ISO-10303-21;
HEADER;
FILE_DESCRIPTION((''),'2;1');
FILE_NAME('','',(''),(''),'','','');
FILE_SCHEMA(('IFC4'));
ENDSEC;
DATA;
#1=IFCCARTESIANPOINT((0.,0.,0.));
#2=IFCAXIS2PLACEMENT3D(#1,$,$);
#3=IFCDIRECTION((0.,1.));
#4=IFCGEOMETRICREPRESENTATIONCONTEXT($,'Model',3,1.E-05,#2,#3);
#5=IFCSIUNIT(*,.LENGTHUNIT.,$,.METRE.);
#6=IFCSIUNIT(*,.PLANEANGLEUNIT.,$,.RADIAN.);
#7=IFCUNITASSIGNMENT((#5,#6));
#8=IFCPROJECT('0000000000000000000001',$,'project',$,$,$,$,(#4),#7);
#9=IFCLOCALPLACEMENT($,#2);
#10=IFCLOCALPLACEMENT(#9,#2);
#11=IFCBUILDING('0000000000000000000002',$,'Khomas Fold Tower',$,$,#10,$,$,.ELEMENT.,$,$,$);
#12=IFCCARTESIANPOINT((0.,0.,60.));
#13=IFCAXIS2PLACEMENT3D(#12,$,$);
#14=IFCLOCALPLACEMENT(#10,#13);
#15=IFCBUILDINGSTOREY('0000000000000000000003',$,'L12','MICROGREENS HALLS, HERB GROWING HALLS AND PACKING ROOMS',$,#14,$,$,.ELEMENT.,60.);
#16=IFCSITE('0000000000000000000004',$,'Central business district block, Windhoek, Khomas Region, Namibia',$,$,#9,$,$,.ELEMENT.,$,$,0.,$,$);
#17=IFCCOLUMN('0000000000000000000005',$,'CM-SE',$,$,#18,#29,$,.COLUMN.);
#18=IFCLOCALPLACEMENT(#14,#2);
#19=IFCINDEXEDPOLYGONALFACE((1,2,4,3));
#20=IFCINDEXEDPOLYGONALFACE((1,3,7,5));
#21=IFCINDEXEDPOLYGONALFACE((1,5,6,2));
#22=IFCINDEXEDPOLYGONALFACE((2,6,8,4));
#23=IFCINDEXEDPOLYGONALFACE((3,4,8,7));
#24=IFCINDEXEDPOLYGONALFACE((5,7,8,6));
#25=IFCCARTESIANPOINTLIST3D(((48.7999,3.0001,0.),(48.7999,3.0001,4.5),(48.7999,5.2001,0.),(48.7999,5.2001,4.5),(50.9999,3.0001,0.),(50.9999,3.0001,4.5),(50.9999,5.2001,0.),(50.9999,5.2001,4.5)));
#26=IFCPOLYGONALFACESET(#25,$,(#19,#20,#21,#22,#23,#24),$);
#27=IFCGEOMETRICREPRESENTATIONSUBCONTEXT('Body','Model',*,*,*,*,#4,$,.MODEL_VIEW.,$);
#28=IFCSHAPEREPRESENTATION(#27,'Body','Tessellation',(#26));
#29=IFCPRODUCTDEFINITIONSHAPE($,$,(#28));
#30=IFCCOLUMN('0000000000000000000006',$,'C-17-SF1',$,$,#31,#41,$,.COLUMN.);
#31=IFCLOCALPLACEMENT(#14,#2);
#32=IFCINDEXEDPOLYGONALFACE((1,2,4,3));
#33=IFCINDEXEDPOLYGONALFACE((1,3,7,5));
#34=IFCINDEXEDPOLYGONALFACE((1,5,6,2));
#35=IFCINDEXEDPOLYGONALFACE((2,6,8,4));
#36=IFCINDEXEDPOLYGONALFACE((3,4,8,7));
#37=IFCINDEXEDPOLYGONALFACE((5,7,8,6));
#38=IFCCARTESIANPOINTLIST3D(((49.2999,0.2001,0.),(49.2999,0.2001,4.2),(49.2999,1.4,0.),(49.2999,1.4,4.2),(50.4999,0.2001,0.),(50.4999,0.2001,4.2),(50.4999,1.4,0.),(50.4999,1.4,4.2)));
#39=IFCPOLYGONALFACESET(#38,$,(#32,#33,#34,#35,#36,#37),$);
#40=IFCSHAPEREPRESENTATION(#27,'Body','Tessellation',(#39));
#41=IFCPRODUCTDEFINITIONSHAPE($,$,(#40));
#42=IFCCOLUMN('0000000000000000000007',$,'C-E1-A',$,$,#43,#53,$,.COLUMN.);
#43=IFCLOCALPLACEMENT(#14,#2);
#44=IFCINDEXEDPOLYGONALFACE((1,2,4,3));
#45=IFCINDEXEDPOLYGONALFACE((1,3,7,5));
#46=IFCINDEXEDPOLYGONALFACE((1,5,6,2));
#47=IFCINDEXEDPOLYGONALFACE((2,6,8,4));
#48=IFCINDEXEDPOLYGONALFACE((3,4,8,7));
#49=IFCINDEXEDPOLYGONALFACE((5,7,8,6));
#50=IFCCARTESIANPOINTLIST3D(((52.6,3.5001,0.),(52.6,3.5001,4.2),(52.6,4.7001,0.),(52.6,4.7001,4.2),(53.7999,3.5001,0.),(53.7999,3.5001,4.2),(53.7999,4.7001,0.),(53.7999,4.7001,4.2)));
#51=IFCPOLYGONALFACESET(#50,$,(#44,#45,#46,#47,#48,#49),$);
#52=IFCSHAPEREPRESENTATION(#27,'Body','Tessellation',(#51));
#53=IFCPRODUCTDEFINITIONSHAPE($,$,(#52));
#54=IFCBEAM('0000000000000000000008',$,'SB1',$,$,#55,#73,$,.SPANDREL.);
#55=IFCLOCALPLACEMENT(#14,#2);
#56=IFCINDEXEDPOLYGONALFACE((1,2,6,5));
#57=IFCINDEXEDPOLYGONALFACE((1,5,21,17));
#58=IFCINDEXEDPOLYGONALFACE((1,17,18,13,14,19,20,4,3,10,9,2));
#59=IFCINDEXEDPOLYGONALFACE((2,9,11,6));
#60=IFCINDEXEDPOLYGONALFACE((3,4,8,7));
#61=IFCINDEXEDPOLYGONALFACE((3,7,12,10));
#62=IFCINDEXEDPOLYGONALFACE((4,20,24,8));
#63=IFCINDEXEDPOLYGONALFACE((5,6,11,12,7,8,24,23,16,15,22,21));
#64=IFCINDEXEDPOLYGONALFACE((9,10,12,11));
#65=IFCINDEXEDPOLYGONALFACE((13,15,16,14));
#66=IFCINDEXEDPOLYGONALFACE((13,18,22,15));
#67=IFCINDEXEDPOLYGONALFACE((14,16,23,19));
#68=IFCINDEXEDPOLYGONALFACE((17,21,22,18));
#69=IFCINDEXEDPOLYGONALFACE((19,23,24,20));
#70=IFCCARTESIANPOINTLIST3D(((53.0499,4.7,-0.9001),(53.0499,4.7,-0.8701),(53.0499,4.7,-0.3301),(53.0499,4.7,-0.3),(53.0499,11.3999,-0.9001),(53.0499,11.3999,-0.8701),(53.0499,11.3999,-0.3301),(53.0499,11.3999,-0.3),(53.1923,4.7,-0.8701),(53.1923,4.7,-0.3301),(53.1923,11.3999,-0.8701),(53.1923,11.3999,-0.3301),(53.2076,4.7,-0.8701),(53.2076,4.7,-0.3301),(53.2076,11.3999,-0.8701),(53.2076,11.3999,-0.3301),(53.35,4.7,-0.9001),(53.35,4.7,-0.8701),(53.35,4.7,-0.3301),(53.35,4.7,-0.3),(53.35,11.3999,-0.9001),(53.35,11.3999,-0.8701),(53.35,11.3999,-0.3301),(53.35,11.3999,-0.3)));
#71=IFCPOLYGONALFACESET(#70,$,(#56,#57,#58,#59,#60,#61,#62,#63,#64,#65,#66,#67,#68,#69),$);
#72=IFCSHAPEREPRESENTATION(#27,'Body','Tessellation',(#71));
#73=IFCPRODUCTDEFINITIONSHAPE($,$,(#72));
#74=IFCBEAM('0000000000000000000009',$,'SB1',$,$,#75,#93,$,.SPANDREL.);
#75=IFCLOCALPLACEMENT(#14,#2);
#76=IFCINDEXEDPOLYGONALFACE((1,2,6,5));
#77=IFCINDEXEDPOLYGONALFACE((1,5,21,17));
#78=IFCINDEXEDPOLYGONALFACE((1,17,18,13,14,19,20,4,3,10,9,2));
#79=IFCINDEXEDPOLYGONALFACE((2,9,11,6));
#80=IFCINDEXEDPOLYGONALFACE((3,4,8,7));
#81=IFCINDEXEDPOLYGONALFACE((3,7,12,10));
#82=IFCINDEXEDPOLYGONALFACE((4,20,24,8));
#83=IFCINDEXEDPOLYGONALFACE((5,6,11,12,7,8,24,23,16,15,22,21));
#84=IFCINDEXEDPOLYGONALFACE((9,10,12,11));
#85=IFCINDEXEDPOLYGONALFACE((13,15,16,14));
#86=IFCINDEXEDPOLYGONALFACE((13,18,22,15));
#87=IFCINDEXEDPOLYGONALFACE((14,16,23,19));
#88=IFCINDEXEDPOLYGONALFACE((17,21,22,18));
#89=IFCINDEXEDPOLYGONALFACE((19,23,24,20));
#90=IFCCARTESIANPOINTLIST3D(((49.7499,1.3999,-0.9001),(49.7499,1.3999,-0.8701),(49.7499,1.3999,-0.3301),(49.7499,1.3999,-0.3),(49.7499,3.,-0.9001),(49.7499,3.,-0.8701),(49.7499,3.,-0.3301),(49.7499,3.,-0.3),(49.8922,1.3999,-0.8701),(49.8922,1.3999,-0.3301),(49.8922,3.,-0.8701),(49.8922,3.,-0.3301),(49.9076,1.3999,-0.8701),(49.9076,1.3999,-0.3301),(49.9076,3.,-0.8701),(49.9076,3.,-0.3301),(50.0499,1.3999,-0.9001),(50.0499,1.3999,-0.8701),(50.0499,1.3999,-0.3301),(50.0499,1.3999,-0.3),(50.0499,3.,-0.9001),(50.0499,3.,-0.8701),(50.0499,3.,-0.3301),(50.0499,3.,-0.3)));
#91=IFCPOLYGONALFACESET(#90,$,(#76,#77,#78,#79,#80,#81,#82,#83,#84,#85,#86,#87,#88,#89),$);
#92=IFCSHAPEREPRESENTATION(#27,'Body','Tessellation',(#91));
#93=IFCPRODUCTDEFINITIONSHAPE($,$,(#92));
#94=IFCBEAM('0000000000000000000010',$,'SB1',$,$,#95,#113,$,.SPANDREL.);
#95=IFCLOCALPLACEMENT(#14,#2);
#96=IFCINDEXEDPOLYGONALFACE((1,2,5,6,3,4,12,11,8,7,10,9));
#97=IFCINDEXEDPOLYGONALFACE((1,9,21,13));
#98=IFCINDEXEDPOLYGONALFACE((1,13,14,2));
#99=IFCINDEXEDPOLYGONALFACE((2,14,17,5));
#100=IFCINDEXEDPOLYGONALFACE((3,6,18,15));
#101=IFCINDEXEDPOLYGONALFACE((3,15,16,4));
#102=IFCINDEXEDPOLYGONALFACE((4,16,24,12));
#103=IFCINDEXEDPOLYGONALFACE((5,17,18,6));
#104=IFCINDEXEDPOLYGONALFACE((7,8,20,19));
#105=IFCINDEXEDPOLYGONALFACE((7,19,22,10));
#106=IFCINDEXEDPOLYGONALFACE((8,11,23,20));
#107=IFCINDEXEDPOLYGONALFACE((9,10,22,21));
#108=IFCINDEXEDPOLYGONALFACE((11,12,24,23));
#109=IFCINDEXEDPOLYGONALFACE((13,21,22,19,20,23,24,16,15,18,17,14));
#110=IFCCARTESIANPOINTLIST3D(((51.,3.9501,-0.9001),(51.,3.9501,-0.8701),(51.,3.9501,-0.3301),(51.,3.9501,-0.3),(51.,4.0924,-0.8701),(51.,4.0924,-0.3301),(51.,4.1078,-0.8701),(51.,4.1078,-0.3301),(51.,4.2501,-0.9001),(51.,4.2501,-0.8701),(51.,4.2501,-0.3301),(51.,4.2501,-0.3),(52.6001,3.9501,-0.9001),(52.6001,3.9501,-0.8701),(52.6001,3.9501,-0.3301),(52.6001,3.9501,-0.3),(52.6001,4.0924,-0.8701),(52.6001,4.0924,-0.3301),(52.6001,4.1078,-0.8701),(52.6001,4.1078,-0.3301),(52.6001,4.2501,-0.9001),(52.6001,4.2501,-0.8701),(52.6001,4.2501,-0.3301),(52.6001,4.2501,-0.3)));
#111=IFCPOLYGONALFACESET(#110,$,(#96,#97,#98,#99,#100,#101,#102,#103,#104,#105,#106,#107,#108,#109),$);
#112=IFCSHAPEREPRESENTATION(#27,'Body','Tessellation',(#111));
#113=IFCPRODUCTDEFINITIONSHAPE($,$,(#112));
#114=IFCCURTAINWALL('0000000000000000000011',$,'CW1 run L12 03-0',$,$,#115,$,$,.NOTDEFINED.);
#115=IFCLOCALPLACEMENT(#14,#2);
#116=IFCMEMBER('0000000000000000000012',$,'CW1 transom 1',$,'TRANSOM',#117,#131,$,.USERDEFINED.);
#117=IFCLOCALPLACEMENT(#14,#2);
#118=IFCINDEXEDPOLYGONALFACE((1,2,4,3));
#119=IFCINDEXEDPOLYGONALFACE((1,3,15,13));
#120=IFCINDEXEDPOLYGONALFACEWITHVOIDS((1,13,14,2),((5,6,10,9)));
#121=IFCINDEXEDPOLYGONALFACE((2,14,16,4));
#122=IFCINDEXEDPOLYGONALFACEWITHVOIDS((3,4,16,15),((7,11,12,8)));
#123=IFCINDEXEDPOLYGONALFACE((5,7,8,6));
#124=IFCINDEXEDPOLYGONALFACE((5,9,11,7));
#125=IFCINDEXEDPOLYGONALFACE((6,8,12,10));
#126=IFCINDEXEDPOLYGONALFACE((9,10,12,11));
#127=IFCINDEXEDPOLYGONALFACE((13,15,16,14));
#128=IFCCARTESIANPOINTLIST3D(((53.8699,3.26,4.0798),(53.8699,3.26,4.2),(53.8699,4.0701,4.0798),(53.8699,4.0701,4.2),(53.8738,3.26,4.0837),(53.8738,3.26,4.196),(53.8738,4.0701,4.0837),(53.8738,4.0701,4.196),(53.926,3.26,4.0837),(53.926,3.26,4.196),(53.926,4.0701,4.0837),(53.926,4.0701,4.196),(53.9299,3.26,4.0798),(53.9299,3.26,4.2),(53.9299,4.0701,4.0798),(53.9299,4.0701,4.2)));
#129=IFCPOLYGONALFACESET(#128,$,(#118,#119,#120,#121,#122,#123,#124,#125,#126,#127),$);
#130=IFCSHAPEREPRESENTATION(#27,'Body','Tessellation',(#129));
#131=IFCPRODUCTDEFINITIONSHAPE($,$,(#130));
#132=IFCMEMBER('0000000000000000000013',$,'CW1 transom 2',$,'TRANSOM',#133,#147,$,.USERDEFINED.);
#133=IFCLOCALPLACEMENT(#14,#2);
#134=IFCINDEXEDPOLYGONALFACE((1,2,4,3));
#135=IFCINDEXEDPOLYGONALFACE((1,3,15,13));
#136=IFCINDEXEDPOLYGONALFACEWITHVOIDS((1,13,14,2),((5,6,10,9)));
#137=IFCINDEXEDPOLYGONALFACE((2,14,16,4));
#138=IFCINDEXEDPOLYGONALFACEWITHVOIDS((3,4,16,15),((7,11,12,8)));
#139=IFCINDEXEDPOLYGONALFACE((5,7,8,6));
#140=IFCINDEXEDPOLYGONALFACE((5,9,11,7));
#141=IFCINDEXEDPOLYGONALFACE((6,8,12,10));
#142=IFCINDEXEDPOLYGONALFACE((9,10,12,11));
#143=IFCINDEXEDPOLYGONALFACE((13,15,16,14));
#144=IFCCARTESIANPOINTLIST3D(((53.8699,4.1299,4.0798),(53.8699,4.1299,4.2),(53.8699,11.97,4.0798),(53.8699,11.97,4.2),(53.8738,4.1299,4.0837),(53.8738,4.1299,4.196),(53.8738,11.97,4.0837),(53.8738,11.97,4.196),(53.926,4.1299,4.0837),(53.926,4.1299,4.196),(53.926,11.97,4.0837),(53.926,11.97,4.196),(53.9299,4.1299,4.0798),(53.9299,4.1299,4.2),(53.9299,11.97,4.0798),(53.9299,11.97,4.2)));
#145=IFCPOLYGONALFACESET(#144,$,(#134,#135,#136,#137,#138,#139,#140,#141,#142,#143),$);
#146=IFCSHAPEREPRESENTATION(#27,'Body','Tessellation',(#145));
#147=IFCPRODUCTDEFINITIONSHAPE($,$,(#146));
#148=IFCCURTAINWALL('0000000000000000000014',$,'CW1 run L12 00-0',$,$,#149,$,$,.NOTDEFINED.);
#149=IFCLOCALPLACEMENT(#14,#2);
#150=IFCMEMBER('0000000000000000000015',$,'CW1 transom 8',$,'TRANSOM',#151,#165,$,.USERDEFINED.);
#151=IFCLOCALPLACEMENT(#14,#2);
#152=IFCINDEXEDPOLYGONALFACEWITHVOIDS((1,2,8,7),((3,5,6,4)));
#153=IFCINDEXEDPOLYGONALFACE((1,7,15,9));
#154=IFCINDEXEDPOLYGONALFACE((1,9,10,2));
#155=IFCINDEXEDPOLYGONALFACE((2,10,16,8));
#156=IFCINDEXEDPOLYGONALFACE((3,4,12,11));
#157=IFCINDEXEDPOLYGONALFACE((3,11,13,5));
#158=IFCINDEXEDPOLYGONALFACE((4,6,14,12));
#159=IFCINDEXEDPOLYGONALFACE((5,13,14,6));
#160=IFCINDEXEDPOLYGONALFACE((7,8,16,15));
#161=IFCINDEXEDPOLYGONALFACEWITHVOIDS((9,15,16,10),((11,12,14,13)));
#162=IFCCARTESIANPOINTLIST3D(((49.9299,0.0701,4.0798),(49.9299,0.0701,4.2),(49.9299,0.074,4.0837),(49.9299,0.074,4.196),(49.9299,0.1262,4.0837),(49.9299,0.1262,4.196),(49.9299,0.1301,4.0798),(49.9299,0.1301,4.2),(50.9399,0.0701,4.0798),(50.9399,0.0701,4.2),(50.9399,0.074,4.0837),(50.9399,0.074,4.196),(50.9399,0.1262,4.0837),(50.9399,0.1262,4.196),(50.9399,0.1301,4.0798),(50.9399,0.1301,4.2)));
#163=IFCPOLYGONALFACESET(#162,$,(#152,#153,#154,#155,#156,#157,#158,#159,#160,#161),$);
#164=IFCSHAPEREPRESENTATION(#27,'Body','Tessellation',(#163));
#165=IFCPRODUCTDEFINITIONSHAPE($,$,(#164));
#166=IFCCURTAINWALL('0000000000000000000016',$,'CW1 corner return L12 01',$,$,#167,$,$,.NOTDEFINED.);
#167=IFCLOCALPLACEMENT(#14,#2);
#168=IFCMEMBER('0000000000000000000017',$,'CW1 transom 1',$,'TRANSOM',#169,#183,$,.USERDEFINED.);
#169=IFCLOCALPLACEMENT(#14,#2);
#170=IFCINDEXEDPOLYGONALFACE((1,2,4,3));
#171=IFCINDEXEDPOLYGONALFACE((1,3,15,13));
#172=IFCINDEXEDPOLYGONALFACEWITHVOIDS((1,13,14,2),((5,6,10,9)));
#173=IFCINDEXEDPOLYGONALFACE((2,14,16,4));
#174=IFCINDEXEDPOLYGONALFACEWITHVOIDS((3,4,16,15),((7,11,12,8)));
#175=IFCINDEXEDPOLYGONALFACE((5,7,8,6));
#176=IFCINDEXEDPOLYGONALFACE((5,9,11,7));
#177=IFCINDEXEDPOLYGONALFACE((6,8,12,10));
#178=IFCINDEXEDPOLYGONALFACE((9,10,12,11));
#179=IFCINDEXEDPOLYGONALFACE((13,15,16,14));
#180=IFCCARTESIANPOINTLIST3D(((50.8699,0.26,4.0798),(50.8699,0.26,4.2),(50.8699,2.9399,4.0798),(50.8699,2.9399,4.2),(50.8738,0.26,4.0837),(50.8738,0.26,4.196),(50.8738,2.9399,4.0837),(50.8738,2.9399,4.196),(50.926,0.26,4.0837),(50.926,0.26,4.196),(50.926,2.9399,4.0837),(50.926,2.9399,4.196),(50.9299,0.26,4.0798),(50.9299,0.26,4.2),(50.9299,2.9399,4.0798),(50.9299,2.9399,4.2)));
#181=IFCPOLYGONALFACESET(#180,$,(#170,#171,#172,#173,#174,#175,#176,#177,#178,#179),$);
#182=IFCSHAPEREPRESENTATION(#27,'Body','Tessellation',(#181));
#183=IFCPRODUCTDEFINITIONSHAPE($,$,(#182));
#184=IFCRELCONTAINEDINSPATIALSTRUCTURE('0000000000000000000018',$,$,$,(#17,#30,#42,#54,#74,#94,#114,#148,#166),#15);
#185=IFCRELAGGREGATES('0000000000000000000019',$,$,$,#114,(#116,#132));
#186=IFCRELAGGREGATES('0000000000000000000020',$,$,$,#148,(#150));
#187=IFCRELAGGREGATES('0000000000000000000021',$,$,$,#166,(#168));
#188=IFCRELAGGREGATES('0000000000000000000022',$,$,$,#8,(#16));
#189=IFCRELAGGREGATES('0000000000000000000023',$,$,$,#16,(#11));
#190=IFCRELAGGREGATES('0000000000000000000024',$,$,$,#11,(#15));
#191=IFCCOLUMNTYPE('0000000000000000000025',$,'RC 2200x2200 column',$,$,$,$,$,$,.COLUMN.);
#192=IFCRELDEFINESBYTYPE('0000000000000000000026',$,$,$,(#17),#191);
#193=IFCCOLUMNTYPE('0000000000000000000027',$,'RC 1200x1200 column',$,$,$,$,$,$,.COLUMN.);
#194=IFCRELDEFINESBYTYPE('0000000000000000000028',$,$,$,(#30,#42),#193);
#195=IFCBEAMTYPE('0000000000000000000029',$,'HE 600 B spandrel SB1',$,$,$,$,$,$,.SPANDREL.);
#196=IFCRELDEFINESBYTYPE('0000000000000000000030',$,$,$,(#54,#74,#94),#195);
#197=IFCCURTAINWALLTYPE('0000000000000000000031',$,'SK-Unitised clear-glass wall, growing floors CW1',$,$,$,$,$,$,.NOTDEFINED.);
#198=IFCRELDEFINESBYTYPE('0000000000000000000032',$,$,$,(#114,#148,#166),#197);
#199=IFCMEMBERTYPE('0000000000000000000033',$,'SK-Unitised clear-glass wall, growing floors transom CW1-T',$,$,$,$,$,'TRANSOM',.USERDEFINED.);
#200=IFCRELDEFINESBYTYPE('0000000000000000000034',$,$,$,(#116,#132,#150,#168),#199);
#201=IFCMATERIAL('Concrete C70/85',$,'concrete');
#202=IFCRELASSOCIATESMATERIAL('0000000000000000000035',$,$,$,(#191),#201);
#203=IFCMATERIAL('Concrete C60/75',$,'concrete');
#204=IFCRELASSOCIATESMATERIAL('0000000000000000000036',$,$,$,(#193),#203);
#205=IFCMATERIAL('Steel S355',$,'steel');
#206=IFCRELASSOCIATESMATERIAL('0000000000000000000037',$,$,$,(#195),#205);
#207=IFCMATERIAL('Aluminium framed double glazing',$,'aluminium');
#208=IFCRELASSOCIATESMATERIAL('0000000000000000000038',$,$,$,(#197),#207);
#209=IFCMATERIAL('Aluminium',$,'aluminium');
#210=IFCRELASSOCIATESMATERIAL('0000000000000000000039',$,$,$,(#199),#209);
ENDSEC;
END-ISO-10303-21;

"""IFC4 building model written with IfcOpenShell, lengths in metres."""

from ifc_helpers import new_model, si_unit, direction, frame, origin, origin_2d, place, context, subcontext, project, spatial, rectangle, hollow_rectangle, i_section, extrude, source, transform, mapped, material, material_profile, profile_set, type_object, element, aggregate, save


model = new_model("IFC4")

# Units and contexts
model_context = context("Model", 3, precision=1e-05, world=origin(), true_north=direction((0.0, 1.0)))
body_context = subcontext(model_context, "Body", "Model", "MODEL_VIEW")
ifc_project = project(units=[si_unit("LENGTHUNIT", "METRE"), si_unit("PLANEANGLEUNIT", "RADIAN")], contexts=[model_context])

# Site, building, storey
site_placement = place(None, origin())
site = spatial("IfcSite", under=ifc_project, at=site_placement, Name="Central business district block, Windhoek, Khomas Region, Namibia", CompositionType="ELEMENT", RefElevation=0.0)
building_placement = place(site_placement, origin())
building = spatial("IfcBuilding", under=site, at=building_placement, Name="Khomas Fold Tower", CompositionType="ELEMENT")
storey_placement = place(building_placement, frame((0.0, 0.0, 60.0)))
storey = spatial("IfcBuildingStorey", under=building, at=storey_placement, Name="L12", Description="MICROGREENS HALLS, HERB GROWING HALLS AND PACKING ROOMS", CompositionType="ELEMENT", Elevation=60.0)

# Columns
ifc_material_1 = material(Name="Concrete C70/85", Category="concrete")
ifc_material_profile_1 = material_profile(ifc_material_1, rectangle(XDim=2.2, YDim=2.2, at=origin_2d()), Name="RC 2200x2200")
ifc_profile_set_1 = profile_set([ifc_material_profile_1], Name="Concrete C70/85")
column_type_1 = type_object("IfcColumnType", Name="RC 2200x2200 column", PredefinedType="COLUMN", material=ifc_profile_set_1)
shared_shape_1 = source(origin(), body_context, "Body", "SweptSolid", [
    extrude(rectangle(XDim=2.2, YDim=2.2, at=origin_2d()), origin(), (0.0, 0.0, 1.0), 4.5),
])
column_placement = place(storey_placement, frame((49.8999, 4.1001, 0.0), z_axis=(0.0, 0.0, 1.0), x_axis=(1.0, 0.0, 0.0)))
element("IfcColumn", 1, at=column_placement, inside=storey, type_object=column_type_1, Name="CM-SE", PredefinedType="COLUMN", context=body_context, shape_type="MappedRepresentation", body=[
    mapped(shared_shape_1, transform((0.0, 0.0, 0.0))),
])
ifc_material_2 = material(Name="Concrete C60/75", Category="concrete")
ifc_material_profile_2 = material_profile(ifc_material_2, rectangle(XDim=1.2, YDim=1.2, at=origin_2d()), Name="RC 1200x1200")
ifc_profile_set_2 = profile_set([ifc_material_profile_2], Name="Concrete C60/75")
column_type_2 = type_object("IfcColumnType", Name="RC 1200x1200 column", PredefinedType="COLUMN", material=ifc_profile_set_2)
shared_shape_2 = source(origin(), body_context, "Body", "SweptSolid", [
    extrude(rectangle(XDim=1.2, YDim=1.2, at=origin_2d()), origin(), (0.0, 0.0, 1.0), 4.2),
])
for number, where, z_axis, x_axis, name in (
    (2, (49.8999, 0.8, 0.0), (0.0, 0.0, 1.0), (1.0, 0.0, 0.0), "C-17-SF1"),
    (3, (53.2, 4.1001, 0.0), (0.0, 0.0, 1.0), (1.0, 0.0, 0.0), "C-E1-A"),
):
    element("IfcColumn", number, at=place(storey_placement, frame(where, z_axis=z_axis, x_axis=x_axis)), inside=storey, type_object=column_type_2, Name=name, PredefinedType="COLUMN", context=body_context, shape_type="MappedRepresentation", body=[
        mapped(shared_shape_2, transform((0.0, 0.0, 0.0))),
    ])

# Beams
ifc_material_3 = material(Name="Steel S355", Category="steel")
ifc_material_profile_3 = material_profile(ifc_material_3, i_section(OverallWidth=0.3, OverallDepth=0.6001, WebThickness=0.0154, FlangeThickness=0.03, at=origin_2d()), Name="HE 600 B")
ifc_profile_set_3 = profile_set([ifc_material_profile_3], Name="Steel S355")
beam_type = type_object("IfcBeamType", Name="HE 600 B spandrel SB1", PredefinedType="SPANDREL", material=ifc_profile_set_3)
shared_shape_3 = source(origin(), body_context, "Body", "SweptSolid", [
    extrude(i_section(OverallWidth=0.3, OverallDepth=0.6001, WebThickness=0.0154, FlangeThickness=0.03, at=origin_2d()), origin(), (0.0, 0.0, 1.0), 6.7),
])
beam_placement = place(storey_placement, frame((53.2, 4.7, -0.6001), z_axis=(0.0, 1.0, 0.0), x_axis=(-1.0, 0.0, 0.0)))
element("IfcBeam", 4, at=beam_placement, inside=storey, type_object=beam_type, Name="SB1", PredefinedType="SPANDREL", context=body_context, shape_type="MappedRepresentation", body=[
    mapped(shared_shape_3, transform((0.0, 0.0, 0.0))),
])
shared_shape_4 = source(origin(), body_context, "Body", "SweptSolid", [
    extrude(i_section(OverallWidth=0.3, OverallDepth=0.6001, WebThickness=0.0154, FlangeThickness=0.03, at=origin_2d()), origin(), (0.0, 0.0, 1.0), 1.6001),
])
for number, where, z_axis, x_axis, name in (
    (5, (49.8999, 1.3999, -0.6001), (0.0, 1.0, 0.0), (-1.0, 0.0, 0.0), "SB1"),
    (6, (51.0, 4.1001, -0.6001), (1.0, 0.0, 0.0), (0.0, 1.0, 0.0), "SB1"),
):
    element("IfcBeam", number, at=place(storey_placement, frame(where, z_axis=z_axis, x_axis=x_axis)), inside=storey, type_object=beam_type, Name=name, PredefinedType="SPANDREL", context=body_context, shape_type="MappedRepresentation", body=[
        mapped(shared_shape_4, transform((0.0, 0.0, 0.0))),
    ])

# Curtain wall, members
ifc_material_4 = material(Name="Aluminium framed double glazing", Category="aluminium")
curtain_wall_type = type_object("IfcCurtainWallType", Name="SK-Unitised clear-glass wall, growing floors CW1", PredefinedType="NOTDEFINED", material=ifc_material_4)
curtain_wall_1_placement = place(storey_placement, origin())
curtain_wall_1 = element("IfcCurtainWall", 7, at=curtain_wall_1_placement, inside=storey, type_object=curtain_wall_type, Name="CW1 run L12 03-0", PredefinedType="NOTDEFINED")
ifc_material_5 = material(Name="Aluminium", Category="aluminium")
ifc_material_profile_4 = material_profile(ifc_material_5, hollow_rectangle(XDim=0.0601, YDim=0.1201, WallThickness=0.0039, at=origin_2d()), Name="SK-Unitised clear-glass wall, growing floors transom CW1-T")
ifc_profile_set_4 = profile_set([ifc_material_profile_4], Name="Aluminium")
member_type_1 = type_object("IfcMemberType", Name="SK-Unitised clear-glass wall, growing floors transom CW1-T", ElementType="TRANSOM", PredefinedType="USERDEFINED", material=ifc_profile_set_4)
shared_shape_5 = source(origin(), body_context, "Body", "SweptSolid", [
    extrude(hollow_rectangle(XDim=0.0601, YDim=0.1201, WallThickness=0.0039, at=origin_2d()), origin(), (0.0, 0.0, 1.0), 0.8101),
])
member_1_placement = place(storey_placement, frame((53.8999, 3.26, 4.1399), z_axis=(0.0, 1.0, 0.0), x_axis=(-1.0, 0.0, 0.0)))
member_1 = element("IfcMember", 8, at=member_1_placement, type_object=member_type_1, Name="CW1 transom 1", ObjectType="TRANSOM", PredefinedType="USERDEFINED", context=body_context, shape_type="MappedRepresentation", body=[
    mapped(shared_shape_5, transform((0.0, 0.0, 0.0))),
])
shared_shape_6 = source(origin(), body_context, "Body", "SweptSolid", [
    extrude(hollow_rectangle(XDim=0.0601, YDim=0.1201, WallThickness=0.0039, at=origin_2d()), origin(), (0.0, 0.0, 1.0), 7.8401),
])
member_2_placement = place(storey_placement, frame((53.8999, 4.1299, 4.1399), z_axis=(0.0, 1.0, 0.0), x_axis=(-1.0, 0.0, 0.0)))
member_2 = element("IfcMember", 9, at=member_2_placement, type_object=member_type_1, Name="CW1 transom 2", ObjectType="TRANSOM", PredefinedType="USERDEFINED", context=body_context, shape_type="MappedRepresentation", body=[
    mapped(shared_shape_6, transform((0.0, 0.0, 0.0))),
])

# Curtain walls, members
curtain_wall_2_placement = place(storey_placement, origin())
curtain_wall_2 = element("IfcCurtainWall", 10, at=curtain_wall_2_placement, inside=storey, type_object=curtain_wall_type, Name="CW1 run L12 00-0", PredefinedType="NOTDEFINED")
shared_shape_7 = source(origin(), body_context, "Body", "SweptSolid", [
    extrude(hollow_rectangle(XDim=0.0601, YDim=0.1201, WallThickness=0.0039, at=origin_2d()), origin(), (0.0, 0.0, 1.0), 1.01),
])
member_3_placement = place(storey_placement, frame((49.9299, 0.1001, 4.1399), z_axis=(1.0, 0.0, 0.0), x_axis=(0.0, 1.0, 0.0)))
member_3 = element("IfcMember", 11, at=member_3_placement, type_object=member_type_1, Name="CW1 transom 8", ObjectType="TRANSOM", PredefinedType="USERDEFINED", context=body_context, shape_type="MappedRepresentation", body=[
    mapped(shared_shape_7, transform((0.0, 0.0, 0.0))),
])
curtain_wall_3_placement = place(storey_placement, origin())
curtain_wall_3 = element("IfcCurtainWall", 12, at=curtain_wall_3_placement, inside=storey, type_object=curtain_wall_type, Name="CW1 corner return L12 01", PredefinedType="NOTDEFINED")
shared_shape_8 = source(origin(), body_context, "Body", "SweptSolid", [
    extrude(hollow_rectangle(XDim=0.0601, YDim=0.1201, WallThickness=0.0039, at=origin_2d()), origin(), (0.0, 0.0, 1.0), 2.6799),
])
member_4_placement = place(storey_placement, frame((50.8999, 0.26, 4.1399), z_axis=(0.0, 1.0, 0.0), x_axis=(-1.0, 0.0, 0.0)))
member_4 = element("IfcMember", 13, at=member_4_placement, type_object=member_type_1, Name="CW1 transom 1", ObjectType="TRANSOM", PredefinedType="USERDEFINED", context=body_context, shape_type="MappedRepresentation", body=[
    mapped(shared_shape_8, transform((0.0, 0.0, 0.0))),
])

aggregate(curtain_wall_1, [member_1, member_2])
aggregate(curtain_wall_2, [member_3])
aggregate(curtain_wall_3, [member_4])

save(model, "model.ifc")
